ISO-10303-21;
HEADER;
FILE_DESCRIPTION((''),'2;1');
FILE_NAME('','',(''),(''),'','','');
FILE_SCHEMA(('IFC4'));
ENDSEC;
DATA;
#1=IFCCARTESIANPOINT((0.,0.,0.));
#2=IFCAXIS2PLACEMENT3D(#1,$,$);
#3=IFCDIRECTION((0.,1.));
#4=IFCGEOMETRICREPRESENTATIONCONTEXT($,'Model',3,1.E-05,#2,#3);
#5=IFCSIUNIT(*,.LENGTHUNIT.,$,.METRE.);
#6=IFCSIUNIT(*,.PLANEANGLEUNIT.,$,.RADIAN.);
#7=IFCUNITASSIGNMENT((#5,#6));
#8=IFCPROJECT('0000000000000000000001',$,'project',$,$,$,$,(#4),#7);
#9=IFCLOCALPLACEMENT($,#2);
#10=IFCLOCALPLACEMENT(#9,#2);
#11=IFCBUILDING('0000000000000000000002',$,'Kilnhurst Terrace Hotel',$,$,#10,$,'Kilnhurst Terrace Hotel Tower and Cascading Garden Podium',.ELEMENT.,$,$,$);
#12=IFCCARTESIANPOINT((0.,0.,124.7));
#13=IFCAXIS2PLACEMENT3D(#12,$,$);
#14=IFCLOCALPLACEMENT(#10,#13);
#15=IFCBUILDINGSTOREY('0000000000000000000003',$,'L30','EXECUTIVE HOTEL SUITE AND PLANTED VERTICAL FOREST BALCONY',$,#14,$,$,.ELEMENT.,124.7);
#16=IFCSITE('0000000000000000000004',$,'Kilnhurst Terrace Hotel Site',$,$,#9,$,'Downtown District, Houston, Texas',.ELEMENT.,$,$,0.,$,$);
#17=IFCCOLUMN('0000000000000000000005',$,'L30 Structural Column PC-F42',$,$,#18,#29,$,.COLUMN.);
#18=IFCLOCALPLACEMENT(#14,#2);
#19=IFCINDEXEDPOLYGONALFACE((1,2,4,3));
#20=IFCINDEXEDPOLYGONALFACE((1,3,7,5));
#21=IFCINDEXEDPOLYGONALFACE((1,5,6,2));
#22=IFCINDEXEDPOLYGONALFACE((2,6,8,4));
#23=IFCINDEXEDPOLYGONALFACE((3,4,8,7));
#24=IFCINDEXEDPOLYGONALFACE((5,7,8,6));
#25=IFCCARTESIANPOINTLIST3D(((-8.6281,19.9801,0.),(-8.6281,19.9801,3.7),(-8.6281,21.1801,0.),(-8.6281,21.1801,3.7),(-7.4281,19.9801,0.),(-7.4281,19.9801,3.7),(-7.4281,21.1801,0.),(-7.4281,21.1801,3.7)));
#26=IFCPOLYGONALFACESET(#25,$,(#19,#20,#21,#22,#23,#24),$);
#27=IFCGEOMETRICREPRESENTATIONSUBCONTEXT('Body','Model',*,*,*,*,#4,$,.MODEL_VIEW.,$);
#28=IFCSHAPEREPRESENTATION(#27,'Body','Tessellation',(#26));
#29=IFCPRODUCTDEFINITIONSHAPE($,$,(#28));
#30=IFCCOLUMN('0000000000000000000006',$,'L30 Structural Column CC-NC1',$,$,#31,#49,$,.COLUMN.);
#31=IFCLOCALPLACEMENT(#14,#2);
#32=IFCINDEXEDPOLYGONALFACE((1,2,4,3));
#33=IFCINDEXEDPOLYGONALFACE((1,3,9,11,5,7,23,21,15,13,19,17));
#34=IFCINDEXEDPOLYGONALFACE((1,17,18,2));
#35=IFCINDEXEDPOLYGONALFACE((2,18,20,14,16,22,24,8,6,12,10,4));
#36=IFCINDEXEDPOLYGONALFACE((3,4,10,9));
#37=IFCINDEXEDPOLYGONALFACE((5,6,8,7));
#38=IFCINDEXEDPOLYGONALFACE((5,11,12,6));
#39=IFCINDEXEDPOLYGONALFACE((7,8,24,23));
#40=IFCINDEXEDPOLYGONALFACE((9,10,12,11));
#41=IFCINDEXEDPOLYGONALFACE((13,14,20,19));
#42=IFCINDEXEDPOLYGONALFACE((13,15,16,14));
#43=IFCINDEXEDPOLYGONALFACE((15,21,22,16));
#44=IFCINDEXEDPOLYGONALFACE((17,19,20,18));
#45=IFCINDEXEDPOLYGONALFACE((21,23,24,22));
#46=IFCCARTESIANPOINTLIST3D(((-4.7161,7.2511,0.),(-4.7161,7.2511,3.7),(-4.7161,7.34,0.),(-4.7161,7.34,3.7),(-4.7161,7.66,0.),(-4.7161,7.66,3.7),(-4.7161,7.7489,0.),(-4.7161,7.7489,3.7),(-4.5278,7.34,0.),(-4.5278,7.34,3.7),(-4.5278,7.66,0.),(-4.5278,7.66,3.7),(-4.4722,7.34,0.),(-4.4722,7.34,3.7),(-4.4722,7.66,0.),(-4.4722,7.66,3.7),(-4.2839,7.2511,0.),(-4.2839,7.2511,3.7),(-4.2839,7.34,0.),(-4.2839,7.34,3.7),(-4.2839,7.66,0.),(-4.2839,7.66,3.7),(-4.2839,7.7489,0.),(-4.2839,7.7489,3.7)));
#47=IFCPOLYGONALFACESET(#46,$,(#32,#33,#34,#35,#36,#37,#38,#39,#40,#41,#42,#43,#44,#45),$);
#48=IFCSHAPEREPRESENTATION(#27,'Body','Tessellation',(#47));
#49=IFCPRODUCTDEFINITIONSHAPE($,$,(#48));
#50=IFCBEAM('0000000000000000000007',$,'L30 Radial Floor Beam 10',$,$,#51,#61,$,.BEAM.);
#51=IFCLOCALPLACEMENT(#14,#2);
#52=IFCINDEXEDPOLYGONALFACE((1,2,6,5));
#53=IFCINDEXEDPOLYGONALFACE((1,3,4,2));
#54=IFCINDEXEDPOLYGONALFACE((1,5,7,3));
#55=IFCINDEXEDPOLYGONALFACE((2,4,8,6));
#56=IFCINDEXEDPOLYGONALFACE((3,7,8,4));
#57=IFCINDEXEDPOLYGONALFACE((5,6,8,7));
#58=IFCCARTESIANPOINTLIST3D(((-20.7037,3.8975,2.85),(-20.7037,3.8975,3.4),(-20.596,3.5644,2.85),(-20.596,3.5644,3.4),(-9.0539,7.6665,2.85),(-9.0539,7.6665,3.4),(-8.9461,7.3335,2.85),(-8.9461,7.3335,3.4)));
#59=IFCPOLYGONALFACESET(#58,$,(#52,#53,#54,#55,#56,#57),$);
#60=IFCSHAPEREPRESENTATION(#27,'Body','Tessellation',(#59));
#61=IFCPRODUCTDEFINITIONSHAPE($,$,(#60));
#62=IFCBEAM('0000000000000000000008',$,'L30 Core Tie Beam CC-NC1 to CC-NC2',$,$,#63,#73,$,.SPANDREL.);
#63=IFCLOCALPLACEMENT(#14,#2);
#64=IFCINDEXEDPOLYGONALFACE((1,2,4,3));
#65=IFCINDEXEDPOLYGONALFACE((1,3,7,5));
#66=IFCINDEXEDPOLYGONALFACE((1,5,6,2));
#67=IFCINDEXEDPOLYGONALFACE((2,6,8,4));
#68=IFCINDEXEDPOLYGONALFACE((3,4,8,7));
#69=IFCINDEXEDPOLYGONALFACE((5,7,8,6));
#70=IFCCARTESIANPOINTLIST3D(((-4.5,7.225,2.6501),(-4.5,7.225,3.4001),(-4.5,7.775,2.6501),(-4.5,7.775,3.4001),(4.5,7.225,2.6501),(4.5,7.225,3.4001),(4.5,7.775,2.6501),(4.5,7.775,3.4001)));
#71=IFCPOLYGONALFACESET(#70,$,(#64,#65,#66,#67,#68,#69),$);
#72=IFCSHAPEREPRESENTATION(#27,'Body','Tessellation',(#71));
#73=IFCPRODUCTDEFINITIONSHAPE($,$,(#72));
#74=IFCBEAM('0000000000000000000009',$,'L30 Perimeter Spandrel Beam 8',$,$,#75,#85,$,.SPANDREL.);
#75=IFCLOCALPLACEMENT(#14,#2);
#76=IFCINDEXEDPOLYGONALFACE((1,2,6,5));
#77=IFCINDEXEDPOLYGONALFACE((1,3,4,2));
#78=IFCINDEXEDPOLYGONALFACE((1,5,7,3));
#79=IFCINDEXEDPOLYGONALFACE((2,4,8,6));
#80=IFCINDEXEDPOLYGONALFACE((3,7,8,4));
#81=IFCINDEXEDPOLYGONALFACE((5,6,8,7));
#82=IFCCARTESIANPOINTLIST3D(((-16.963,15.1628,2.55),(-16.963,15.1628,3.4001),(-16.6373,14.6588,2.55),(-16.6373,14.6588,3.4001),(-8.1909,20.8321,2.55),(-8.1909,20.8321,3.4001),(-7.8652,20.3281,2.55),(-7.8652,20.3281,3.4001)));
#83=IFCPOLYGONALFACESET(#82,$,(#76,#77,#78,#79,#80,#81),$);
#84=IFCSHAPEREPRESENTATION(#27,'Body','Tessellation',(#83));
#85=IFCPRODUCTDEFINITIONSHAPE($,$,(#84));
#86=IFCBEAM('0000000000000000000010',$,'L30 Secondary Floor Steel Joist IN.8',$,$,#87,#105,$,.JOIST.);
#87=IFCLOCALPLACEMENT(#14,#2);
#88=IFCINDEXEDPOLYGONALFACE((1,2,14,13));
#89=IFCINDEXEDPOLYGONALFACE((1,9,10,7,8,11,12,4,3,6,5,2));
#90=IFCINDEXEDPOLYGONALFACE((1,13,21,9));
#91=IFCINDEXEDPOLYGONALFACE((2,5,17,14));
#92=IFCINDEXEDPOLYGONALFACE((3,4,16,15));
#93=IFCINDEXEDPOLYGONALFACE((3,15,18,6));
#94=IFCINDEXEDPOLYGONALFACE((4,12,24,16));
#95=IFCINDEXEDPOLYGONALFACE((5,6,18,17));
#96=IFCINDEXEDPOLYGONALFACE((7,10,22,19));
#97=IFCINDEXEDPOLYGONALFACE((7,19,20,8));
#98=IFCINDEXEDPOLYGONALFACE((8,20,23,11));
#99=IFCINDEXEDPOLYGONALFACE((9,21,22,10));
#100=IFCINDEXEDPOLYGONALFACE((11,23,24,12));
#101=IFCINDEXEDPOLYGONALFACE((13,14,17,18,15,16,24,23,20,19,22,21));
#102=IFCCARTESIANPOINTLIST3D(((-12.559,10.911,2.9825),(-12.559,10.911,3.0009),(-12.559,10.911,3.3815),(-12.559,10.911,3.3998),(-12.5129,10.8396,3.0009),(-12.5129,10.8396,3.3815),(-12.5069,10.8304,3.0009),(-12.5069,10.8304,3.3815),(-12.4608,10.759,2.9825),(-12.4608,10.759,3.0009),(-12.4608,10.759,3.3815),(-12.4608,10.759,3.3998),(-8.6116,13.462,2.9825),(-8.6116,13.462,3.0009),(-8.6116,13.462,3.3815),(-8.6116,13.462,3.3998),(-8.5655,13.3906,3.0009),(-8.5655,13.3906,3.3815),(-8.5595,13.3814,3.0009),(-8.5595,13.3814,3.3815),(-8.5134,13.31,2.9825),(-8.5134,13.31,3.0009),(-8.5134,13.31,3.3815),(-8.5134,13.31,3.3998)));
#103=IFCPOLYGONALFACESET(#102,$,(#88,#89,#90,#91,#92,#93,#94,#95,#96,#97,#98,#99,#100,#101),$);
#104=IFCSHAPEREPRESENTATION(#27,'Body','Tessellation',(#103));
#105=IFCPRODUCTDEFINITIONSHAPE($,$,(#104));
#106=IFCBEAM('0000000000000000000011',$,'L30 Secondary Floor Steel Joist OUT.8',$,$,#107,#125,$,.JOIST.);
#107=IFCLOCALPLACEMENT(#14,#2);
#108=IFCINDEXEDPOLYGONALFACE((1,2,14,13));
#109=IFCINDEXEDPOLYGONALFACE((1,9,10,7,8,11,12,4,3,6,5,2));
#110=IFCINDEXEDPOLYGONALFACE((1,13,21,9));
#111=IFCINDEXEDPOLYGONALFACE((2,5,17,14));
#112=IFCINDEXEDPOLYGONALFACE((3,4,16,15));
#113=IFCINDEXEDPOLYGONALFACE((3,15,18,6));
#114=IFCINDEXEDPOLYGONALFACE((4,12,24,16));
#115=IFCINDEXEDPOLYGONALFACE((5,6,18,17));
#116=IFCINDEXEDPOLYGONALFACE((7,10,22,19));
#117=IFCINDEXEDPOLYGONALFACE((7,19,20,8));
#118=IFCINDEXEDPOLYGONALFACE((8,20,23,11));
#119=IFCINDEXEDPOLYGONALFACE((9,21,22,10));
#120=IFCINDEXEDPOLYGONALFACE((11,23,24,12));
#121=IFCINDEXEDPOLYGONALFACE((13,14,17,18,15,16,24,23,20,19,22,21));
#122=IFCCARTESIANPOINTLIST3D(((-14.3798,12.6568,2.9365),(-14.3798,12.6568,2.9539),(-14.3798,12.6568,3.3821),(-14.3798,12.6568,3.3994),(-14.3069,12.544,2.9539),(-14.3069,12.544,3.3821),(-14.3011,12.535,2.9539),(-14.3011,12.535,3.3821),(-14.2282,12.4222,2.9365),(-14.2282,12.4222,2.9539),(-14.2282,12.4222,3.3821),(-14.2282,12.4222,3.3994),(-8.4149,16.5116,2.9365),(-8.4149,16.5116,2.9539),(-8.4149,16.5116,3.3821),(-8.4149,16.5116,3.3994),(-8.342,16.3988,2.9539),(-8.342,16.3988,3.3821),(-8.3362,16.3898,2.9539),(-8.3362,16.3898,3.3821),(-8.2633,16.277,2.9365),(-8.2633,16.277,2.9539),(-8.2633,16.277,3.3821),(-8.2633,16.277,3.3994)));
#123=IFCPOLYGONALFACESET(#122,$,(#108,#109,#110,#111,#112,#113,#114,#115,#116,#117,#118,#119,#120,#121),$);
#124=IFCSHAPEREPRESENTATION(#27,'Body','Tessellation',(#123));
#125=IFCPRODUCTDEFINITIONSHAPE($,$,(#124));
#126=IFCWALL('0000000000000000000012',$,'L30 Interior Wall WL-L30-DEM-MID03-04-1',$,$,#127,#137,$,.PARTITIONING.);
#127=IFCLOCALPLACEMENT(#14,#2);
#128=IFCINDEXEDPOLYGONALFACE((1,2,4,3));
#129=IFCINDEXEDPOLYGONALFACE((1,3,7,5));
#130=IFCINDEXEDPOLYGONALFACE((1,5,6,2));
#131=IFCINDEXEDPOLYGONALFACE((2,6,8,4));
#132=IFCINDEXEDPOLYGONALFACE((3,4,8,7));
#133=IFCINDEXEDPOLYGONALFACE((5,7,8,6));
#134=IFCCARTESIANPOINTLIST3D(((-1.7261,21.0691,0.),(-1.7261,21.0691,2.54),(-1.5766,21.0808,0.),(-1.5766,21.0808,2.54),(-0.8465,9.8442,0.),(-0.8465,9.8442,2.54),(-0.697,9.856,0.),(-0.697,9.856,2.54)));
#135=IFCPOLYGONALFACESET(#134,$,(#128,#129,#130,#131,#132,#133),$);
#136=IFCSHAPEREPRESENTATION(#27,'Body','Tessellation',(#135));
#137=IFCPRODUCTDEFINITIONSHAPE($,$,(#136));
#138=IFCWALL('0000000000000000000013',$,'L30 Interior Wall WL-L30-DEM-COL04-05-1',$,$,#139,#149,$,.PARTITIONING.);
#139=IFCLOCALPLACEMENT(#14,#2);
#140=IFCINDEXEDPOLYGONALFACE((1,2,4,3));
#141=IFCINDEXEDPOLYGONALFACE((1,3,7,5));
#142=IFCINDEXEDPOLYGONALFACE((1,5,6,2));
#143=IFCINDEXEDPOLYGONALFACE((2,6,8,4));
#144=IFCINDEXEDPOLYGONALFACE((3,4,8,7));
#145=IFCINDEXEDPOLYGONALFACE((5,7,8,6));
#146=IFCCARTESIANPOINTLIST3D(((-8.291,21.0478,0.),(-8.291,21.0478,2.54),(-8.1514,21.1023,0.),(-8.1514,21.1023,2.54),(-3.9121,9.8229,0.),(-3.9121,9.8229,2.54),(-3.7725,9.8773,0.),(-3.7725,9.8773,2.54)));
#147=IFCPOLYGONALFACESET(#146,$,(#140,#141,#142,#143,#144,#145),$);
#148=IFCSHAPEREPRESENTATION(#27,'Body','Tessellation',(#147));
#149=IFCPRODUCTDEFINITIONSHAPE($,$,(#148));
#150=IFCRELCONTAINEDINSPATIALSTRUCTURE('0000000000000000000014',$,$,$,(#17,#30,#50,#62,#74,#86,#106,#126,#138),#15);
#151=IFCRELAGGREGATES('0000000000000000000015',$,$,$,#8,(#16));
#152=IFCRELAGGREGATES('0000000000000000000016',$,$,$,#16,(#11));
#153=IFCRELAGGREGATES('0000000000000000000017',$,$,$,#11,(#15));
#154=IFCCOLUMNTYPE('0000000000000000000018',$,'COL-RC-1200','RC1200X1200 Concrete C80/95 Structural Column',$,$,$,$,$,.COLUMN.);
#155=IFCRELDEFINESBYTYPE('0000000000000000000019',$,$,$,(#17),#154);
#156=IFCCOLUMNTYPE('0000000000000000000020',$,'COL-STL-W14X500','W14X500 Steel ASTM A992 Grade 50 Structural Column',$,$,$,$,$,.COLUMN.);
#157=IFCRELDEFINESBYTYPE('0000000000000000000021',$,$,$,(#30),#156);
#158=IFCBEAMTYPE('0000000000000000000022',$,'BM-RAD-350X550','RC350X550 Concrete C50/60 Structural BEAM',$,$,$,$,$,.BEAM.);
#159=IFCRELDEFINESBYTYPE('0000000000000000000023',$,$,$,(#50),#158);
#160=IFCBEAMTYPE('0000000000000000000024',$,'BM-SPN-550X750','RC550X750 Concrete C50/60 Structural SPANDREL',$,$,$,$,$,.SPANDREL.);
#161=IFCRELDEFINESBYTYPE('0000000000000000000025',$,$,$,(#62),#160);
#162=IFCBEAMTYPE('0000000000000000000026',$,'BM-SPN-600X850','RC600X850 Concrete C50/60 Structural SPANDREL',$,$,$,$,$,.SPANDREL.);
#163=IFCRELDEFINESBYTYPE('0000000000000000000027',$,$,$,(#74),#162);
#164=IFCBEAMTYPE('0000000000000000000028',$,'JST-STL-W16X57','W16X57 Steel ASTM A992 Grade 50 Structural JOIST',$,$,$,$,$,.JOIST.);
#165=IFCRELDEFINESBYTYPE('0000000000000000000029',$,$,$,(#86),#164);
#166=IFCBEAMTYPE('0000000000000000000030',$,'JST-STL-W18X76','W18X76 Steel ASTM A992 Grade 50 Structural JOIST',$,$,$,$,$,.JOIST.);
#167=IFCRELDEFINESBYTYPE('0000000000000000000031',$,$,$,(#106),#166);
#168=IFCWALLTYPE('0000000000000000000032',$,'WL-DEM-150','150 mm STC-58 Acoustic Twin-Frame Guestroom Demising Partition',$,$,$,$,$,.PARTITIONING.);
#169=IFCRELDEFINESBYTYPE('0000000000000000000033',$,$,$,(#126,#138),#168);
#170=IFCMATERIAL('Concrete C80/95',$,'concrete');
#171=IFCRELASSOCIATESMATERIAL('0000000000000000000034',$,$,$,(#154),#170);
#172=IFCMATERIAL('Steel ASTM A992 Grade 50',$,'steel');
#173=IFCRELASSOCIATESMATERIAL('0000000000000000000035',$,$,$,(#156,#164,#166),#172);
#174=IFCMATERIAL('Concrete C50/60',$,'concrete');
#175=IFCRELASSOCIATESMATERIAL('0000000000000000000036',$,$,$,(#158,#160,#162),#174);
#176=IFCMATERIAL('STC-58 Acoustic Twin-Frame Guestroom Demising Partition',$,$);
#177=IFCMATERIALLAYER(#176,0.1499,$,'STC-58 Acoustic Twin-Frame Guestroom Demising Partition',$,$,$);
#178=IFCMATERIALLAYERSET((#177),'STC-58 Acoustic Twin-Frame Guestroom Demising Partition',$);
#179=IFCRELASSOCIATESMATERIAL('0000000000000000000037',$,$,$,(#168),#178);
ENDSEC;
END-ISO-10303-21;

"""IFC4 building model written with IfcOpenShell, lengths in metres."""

from ifc_helpers import new_model, si_unit, direction, frame, frame_2d, origin, origin_2d, place, context, subcontext, project, spatial, rectangle, i_section, extrude, material, layer, layer_set, material_profile, profile_set, type_object, element, save


model = new_model("IFC4")

# Units and contexts
model_context = context("Model", 3, precision=1e-05, world=origin(), true_north=direction((0.0, 1.0)))
body_context = subcontext(model_context, "Body", "Model", "MODEL_VIEW")
ifc_project = project(units=[si_unit("LENGTHUNIT", "METRE"), si_unit("PLANEANGLEUNIT", "RADIAN")], contexts=[model_context])

# Site, building, storey
site_placement = place(None, origin())
site = spatial("IfcSite", under=ifc_project, at=site_placement, Name="Kilnhurst Terrace Hotel Site", LongName="Downtown District, Houston, Texas", CompositionType="ELEMENT", RefElevation=0.0)
building_placement = place(site_placement, origin())
building = spatial("IfcBuilding", under=site, at=building_placement, Name="Kilnhurst Terrace Hotel", LongName="Kilnhurst Terrace Hotel Tower and Cascading Garden Podium", CompositionType="ELEMENT")
storey_placement = place(building_placement, frame((0.0, 0.0, 124.7)))
storey = spatial("IfcBuildingStorey", under=building, at=storey_placement, Name="L30", Description="EXECUTIVE HOTEL SUITE AND PLANTED VERTICAL FOREST BALCONY", CompositionType="ELEMENT", Elevation=124.7)

# Columns
ifc_material_1 = material(Name="Concrete C80/95", Category="concrete")
ifc_material_profile_1 = material_profile(ifc_material_1, rectangle(XDim=1.2, YDim=1.2, at=origin_2d()), Name="RC1200X1200")
ifc_profile_set_1 = profile_set([ifc_material_profile_1], Name="Concrete C80/95")
column_type_1 = type_object("IfcColumnType", Name="COL-RC-1200", Description="RC1200X1200 Concrete C80/95 Structural Column", PredefinedType="COLUMN", material=ifc_profile_set_1)
column_1_placement = place(storey_placement, frame((-8.0281, 20.5801, 0.0), z_axis=(0.0, 0.0, 1.0), x_axis=(1.0, 0.0, 0.0)))
element("IfcColumn", 1, at=column_1_placement, inside=storey, type_object=column_type_1, Name="L30 Structural Column PC-F42", PredefinedType="COLUMN", context=body_context, shape_type="SweptSolid", body=[
    extrude(rectangle(XDim=1.2, YDim=1.2, at=origin_2d()), origin(), (0.0, 0.0, 1.0), 3.7),
])
ifc_material_2 = material(Name="Steel ASTM A992 Grade 50", Category="steel")
ifc_material_profile_2 = material_profile(ifc_material_2, i_section(OverallWidth=0.4321, OverallDepth=0.4978, WebThickness=0.0557, FlangeThickness=0.0889, at=origin_2d()), Name="W14X500")
ifc_profile_set_2 = profile_set([ifc_material_profile_2], Name="Steel ASTM A992 Grade 50")
column_type_2 = type_object("IfcColumnType", Name="COL-STL-W14X500", Description="W14X500 Steel ASTM A992 Grade 50 Structural Column", PredefinedType="COLUMN", material=ifc_profile_set_2)
column_2_placement = place(storey_placement, frame((-4.5, 7.5, 0.0), z_axis=(0.0, 0.0, 1.0), x_axis=(1.0, 0.0, 0.0)))
element("IfcColumn", 2, at=column_2_placement, inside=storey, type_object=column_type_2, Name="L30 Structural Column CC-NC1", PredefinedType="COLUMN", context=body_context, shape_type="SweptSolid", body=[
    extrude(i_section(OverallWidth=0.4321, OverallDepth=0.4978, WebThickness=0.0557, FlangeThickness=0.0889, at=origin_2d()), origin(), (0.0, 0.0, 1.0), 3.7),
])

# Beams
ifc_material_3 = material(Name="Concrete C50/60", Category="concrete")
ifc_material_profile_3 = material_profile(ifc_material_3, rectangle(XDim=0.3501, YDim=0.55, at=origin_2d()), Name="RC350X550")
ifc_profile_set_3 = profile_set([ifc_material_profile_3], Name="Concrete C50/60")
beam_type_1 = type_object("IfcBeamType", Name="BM-RAD-350X550", Description="RC350X550 Concrete C50/60 Structural BEAM", PredefinedType="BEAM", material=ifc_profile_set_3)
beam_1_placement = place(storey_placement, frame((-9.0, 7.5, 3.125), z_axis=(-0.951446, -0.307817, 0.0), x_axis=(0.307817, -0.951446, 0.0)))
element("IfcBeam", 3, at=beam_1_placement, inside=storey, type_object=beam_type_1, Name="L30 Radial Floor Beam 10", PredefinedType="BEAM", context=body_context, shape_type="SweptSolid", body=[
    extrude(rectangle(XDim=0.3501, YDim=0.55, at=origin_2d()), origin(), (0.0, 0.0, 1.0), 12.2444),
])
ifc_material_profile_4 = material_profile(ifc_material_3, rectangle(XDim=0.55, YDim=0.75, at=origin_2d()), Name="RC550X750")
ifc_profile_set_4 = profile_set([ifc_material_profile_4], Name="Concrete C50/60")
beam_type_2 = type_object("IfcBeamType", Name="BM-SPN-550X750", Description="RC550X750 Concrete C50/60 Structural SPANDREL", PredefinedType="SPANDREL", material=ifc_profile_set_4)
beam_2_placement = place(storey_placement, frame((-4.5, 7.5, 3.0251), z_axis=(1.0, 0.0, 0.0), x_axis=(0.0, 1.0, 0.0)))
element("IfcBeam", 4, at=beam_2_placement, inside=storey, type_object=beam_type_2, Name="L30 Core Tie Beam CC-NC1 to CC-NC2", PredefinedType="SPANDREL", context=body_context, shape_type="SweptSolid", body=[
    extrude(rectangle(XDim=0.55, YDim=0.75, at=origin_2d()), origin(), (0.0, 0.0, 1.0), 9.0),
])
ifc_material_profile_5 = material_profile(ifc_material_3, rectangle(XDim=0.6001, YDim=0.8501, at=origin_2d()), Name="RC600X850")
ifc_profile_set_5 = profile_set([ifc_material_profile_5], Name="Concrete C50/60")
beam_type_3 = type_object("IfcBeamType", Name="BM-SPN-600X850", Description="RC600X850 Concrete C50/60 Structural SPANDREL", PredefinedType="SPANDREL", material=ifc_profile_set_5)
beam_3_placement = place(storey_placement, frame((-8.0281, 20.5801, 2.9751), z_axis=(-0.839867, -0.542793, 0.0), x_axis=(0.542793, -0.839867, 0.0)))
element("IfcBeam", 5, at=beam_3_placement, inside=storey, type_object=beam_type_3, Name="L30 Perimeter Spandrel Beam 8", PredefinedType="SPANDREL", context=body_context, shape_type="SweptSolid", body=[
    extrude(rectangle(XDim=0.6001, YDim=0.8501, at=origin_2d()), origin(), (0.0, 0.0, 1.0), 10.4446),
])
ifc_material_profile_6 = material_profile(ifc_material_2, i_section(OverallWidth=0.1809, OverallDepth=0.4172, WebThickness=0.011, FlangeThickness=0.0183, at=origin_2d()), Name="W16X57")
ifc_profile_set_6 = profile_set([ifc_material_profile_6], Name="Steel ASTM A992 Grade 50")
beam_type_4 = type_object("IfcBeamType", Name="JST-STL-W16X57", Description="W16X57 Steel ASTM A992 Grade 50 Structural JOIST", PredefinedType="JOIST", material=ifc_profile_set_6)
beam_4_placement = place(storey_placement, frame((-8.5625, 13.386, 3.1912), z_axis=(-0.839885, -0.542764, 0.0), x_axis=(0.542764, -0.839885, 0.0)))
element("IfcBeam", 6, at=beam_4_placement, inside=storey, type_object=beam_type_4, Name="L30 Secondary Floor Steel Joist IN.8", PredefinedType="JOIST", context=body_context, shape_type="SweptSolid", body=[
    extrude(i_section(OverallWidth=0.1809, OverallDepth=0.4172, WebThickness=0.011, FlangeThickness=0.0183, at=origin_2d()), origin(), (0.0, 0.0, 1.0), 4.7),
])
ifc_material_profile_7 = material_profile(ifc_material_2, i_section(OverallWidth=0.2793, OverallDepth=0.4629, WebThickness=0.0107, FlangeThickness=0.0173, at=origin_2d()), Name="W18X76")
ifc_profile_set_7 = profile_set([ifc_material_profile_7], Name="Steel ASTM A992 Grade 50")
beam_type_5 = type_object("IfcBeamType", Name="JST-STL-W18X76", Description="W18X76 Steel ASTM A992 Grade 50 Structural JOIST", PredefinedType="JOIST", material=ifc_profile_set_7)
beam_5_placement = place(storey_placement, frame((-8.3391, 16.3943, 3.168), z_axis=(-0.839883, -0.542768, 0.0), x_axis=(0.542768, -0.839883, 0.0)))
element("IfcBeam", 7, at=beam_5_placement, inside=storey, type_object=beam_type_5, Name="L30 Secondary Floor Steel Joist OUT.8", PredefinedType="JOIST", context=body_context, shape_type="SweptSolid", body=[
    extrude(i_section(OverallWidth=0.2793, OverallDepth=0.4629, WebThickness=0.0107, FlangeThickness=0.0173, at=origin_2d()), origin(), (0.0, 0.0, 1.0), 7.1021),
])

# Walls
ifc_material_4 = material(Name="STC-58 Acoustic Twin-Frame Guestroom Demising Partition")
ifc_layer_1 = layer(ifc_material_4, 0.1499, Name="STC-58 Acoustic Twin-Frame Guestroom Demising Partition")
ifc_layer_set_1 = layer_set([ifc_layer_1], Name="STC-58 Acoustic Twin-Frame Guestroom Demising Partition")
wall_type_1 = type_object("IfcWallType", Name="WL-DEM-150", Description="150 mm STC-58 Acoustic Twin-Frame Guestroom Demising Partition", PredefinedType="PARTITIONING", material=ifc_layer_set_1)
wall_1_placement = place(storey_placement, frame((-0.7717, 9.8501, 0.0), z_axis=(0.0, 0.0, 1.0), x_axis=(-0.078126, 0.996944, 0.0)))
element("IfcWall", 8, at=wall_1_placement, inside=storey, type_object=wall_type_1, Name="L30 Interior Wall WL-L30-DEM-MID03-04-1", PredefinedType="PARTITIONING", context=body_context, shape_type="SweptSolid", body=[
    extrude(rectangle(XDim=11.2593, YDim=0.1499, at=frame_2d((5.6296, 0.0))), origin(), (0.0, 0.0, 1.0), 2.54),
])
wall_2_placement = place(storey_placement, frame((-3.8423, 9.8501, 0.0), z_axis=(0.0, 0.0, 1.0), x_axis=(-0.363433, 0.93162, 0.0)))
element("IfcWall", 9, at=wall_2_placement, inside=storey, type_object=wall_type_1, Name="L30 Interior Wall WL-L30-DEM-COL04-05-1", PredefinedType="PARTITIONING", context=body_context, shape_type="SweptSolid", body=[
    extrude(rectangle(XDim=12.0488, YDim=0.1499, at=frame_2d((6.0244, 0.0))), origin(), (0.0, 0.0, 1.0), 2.54),
])

save(model, "model.ifc")
